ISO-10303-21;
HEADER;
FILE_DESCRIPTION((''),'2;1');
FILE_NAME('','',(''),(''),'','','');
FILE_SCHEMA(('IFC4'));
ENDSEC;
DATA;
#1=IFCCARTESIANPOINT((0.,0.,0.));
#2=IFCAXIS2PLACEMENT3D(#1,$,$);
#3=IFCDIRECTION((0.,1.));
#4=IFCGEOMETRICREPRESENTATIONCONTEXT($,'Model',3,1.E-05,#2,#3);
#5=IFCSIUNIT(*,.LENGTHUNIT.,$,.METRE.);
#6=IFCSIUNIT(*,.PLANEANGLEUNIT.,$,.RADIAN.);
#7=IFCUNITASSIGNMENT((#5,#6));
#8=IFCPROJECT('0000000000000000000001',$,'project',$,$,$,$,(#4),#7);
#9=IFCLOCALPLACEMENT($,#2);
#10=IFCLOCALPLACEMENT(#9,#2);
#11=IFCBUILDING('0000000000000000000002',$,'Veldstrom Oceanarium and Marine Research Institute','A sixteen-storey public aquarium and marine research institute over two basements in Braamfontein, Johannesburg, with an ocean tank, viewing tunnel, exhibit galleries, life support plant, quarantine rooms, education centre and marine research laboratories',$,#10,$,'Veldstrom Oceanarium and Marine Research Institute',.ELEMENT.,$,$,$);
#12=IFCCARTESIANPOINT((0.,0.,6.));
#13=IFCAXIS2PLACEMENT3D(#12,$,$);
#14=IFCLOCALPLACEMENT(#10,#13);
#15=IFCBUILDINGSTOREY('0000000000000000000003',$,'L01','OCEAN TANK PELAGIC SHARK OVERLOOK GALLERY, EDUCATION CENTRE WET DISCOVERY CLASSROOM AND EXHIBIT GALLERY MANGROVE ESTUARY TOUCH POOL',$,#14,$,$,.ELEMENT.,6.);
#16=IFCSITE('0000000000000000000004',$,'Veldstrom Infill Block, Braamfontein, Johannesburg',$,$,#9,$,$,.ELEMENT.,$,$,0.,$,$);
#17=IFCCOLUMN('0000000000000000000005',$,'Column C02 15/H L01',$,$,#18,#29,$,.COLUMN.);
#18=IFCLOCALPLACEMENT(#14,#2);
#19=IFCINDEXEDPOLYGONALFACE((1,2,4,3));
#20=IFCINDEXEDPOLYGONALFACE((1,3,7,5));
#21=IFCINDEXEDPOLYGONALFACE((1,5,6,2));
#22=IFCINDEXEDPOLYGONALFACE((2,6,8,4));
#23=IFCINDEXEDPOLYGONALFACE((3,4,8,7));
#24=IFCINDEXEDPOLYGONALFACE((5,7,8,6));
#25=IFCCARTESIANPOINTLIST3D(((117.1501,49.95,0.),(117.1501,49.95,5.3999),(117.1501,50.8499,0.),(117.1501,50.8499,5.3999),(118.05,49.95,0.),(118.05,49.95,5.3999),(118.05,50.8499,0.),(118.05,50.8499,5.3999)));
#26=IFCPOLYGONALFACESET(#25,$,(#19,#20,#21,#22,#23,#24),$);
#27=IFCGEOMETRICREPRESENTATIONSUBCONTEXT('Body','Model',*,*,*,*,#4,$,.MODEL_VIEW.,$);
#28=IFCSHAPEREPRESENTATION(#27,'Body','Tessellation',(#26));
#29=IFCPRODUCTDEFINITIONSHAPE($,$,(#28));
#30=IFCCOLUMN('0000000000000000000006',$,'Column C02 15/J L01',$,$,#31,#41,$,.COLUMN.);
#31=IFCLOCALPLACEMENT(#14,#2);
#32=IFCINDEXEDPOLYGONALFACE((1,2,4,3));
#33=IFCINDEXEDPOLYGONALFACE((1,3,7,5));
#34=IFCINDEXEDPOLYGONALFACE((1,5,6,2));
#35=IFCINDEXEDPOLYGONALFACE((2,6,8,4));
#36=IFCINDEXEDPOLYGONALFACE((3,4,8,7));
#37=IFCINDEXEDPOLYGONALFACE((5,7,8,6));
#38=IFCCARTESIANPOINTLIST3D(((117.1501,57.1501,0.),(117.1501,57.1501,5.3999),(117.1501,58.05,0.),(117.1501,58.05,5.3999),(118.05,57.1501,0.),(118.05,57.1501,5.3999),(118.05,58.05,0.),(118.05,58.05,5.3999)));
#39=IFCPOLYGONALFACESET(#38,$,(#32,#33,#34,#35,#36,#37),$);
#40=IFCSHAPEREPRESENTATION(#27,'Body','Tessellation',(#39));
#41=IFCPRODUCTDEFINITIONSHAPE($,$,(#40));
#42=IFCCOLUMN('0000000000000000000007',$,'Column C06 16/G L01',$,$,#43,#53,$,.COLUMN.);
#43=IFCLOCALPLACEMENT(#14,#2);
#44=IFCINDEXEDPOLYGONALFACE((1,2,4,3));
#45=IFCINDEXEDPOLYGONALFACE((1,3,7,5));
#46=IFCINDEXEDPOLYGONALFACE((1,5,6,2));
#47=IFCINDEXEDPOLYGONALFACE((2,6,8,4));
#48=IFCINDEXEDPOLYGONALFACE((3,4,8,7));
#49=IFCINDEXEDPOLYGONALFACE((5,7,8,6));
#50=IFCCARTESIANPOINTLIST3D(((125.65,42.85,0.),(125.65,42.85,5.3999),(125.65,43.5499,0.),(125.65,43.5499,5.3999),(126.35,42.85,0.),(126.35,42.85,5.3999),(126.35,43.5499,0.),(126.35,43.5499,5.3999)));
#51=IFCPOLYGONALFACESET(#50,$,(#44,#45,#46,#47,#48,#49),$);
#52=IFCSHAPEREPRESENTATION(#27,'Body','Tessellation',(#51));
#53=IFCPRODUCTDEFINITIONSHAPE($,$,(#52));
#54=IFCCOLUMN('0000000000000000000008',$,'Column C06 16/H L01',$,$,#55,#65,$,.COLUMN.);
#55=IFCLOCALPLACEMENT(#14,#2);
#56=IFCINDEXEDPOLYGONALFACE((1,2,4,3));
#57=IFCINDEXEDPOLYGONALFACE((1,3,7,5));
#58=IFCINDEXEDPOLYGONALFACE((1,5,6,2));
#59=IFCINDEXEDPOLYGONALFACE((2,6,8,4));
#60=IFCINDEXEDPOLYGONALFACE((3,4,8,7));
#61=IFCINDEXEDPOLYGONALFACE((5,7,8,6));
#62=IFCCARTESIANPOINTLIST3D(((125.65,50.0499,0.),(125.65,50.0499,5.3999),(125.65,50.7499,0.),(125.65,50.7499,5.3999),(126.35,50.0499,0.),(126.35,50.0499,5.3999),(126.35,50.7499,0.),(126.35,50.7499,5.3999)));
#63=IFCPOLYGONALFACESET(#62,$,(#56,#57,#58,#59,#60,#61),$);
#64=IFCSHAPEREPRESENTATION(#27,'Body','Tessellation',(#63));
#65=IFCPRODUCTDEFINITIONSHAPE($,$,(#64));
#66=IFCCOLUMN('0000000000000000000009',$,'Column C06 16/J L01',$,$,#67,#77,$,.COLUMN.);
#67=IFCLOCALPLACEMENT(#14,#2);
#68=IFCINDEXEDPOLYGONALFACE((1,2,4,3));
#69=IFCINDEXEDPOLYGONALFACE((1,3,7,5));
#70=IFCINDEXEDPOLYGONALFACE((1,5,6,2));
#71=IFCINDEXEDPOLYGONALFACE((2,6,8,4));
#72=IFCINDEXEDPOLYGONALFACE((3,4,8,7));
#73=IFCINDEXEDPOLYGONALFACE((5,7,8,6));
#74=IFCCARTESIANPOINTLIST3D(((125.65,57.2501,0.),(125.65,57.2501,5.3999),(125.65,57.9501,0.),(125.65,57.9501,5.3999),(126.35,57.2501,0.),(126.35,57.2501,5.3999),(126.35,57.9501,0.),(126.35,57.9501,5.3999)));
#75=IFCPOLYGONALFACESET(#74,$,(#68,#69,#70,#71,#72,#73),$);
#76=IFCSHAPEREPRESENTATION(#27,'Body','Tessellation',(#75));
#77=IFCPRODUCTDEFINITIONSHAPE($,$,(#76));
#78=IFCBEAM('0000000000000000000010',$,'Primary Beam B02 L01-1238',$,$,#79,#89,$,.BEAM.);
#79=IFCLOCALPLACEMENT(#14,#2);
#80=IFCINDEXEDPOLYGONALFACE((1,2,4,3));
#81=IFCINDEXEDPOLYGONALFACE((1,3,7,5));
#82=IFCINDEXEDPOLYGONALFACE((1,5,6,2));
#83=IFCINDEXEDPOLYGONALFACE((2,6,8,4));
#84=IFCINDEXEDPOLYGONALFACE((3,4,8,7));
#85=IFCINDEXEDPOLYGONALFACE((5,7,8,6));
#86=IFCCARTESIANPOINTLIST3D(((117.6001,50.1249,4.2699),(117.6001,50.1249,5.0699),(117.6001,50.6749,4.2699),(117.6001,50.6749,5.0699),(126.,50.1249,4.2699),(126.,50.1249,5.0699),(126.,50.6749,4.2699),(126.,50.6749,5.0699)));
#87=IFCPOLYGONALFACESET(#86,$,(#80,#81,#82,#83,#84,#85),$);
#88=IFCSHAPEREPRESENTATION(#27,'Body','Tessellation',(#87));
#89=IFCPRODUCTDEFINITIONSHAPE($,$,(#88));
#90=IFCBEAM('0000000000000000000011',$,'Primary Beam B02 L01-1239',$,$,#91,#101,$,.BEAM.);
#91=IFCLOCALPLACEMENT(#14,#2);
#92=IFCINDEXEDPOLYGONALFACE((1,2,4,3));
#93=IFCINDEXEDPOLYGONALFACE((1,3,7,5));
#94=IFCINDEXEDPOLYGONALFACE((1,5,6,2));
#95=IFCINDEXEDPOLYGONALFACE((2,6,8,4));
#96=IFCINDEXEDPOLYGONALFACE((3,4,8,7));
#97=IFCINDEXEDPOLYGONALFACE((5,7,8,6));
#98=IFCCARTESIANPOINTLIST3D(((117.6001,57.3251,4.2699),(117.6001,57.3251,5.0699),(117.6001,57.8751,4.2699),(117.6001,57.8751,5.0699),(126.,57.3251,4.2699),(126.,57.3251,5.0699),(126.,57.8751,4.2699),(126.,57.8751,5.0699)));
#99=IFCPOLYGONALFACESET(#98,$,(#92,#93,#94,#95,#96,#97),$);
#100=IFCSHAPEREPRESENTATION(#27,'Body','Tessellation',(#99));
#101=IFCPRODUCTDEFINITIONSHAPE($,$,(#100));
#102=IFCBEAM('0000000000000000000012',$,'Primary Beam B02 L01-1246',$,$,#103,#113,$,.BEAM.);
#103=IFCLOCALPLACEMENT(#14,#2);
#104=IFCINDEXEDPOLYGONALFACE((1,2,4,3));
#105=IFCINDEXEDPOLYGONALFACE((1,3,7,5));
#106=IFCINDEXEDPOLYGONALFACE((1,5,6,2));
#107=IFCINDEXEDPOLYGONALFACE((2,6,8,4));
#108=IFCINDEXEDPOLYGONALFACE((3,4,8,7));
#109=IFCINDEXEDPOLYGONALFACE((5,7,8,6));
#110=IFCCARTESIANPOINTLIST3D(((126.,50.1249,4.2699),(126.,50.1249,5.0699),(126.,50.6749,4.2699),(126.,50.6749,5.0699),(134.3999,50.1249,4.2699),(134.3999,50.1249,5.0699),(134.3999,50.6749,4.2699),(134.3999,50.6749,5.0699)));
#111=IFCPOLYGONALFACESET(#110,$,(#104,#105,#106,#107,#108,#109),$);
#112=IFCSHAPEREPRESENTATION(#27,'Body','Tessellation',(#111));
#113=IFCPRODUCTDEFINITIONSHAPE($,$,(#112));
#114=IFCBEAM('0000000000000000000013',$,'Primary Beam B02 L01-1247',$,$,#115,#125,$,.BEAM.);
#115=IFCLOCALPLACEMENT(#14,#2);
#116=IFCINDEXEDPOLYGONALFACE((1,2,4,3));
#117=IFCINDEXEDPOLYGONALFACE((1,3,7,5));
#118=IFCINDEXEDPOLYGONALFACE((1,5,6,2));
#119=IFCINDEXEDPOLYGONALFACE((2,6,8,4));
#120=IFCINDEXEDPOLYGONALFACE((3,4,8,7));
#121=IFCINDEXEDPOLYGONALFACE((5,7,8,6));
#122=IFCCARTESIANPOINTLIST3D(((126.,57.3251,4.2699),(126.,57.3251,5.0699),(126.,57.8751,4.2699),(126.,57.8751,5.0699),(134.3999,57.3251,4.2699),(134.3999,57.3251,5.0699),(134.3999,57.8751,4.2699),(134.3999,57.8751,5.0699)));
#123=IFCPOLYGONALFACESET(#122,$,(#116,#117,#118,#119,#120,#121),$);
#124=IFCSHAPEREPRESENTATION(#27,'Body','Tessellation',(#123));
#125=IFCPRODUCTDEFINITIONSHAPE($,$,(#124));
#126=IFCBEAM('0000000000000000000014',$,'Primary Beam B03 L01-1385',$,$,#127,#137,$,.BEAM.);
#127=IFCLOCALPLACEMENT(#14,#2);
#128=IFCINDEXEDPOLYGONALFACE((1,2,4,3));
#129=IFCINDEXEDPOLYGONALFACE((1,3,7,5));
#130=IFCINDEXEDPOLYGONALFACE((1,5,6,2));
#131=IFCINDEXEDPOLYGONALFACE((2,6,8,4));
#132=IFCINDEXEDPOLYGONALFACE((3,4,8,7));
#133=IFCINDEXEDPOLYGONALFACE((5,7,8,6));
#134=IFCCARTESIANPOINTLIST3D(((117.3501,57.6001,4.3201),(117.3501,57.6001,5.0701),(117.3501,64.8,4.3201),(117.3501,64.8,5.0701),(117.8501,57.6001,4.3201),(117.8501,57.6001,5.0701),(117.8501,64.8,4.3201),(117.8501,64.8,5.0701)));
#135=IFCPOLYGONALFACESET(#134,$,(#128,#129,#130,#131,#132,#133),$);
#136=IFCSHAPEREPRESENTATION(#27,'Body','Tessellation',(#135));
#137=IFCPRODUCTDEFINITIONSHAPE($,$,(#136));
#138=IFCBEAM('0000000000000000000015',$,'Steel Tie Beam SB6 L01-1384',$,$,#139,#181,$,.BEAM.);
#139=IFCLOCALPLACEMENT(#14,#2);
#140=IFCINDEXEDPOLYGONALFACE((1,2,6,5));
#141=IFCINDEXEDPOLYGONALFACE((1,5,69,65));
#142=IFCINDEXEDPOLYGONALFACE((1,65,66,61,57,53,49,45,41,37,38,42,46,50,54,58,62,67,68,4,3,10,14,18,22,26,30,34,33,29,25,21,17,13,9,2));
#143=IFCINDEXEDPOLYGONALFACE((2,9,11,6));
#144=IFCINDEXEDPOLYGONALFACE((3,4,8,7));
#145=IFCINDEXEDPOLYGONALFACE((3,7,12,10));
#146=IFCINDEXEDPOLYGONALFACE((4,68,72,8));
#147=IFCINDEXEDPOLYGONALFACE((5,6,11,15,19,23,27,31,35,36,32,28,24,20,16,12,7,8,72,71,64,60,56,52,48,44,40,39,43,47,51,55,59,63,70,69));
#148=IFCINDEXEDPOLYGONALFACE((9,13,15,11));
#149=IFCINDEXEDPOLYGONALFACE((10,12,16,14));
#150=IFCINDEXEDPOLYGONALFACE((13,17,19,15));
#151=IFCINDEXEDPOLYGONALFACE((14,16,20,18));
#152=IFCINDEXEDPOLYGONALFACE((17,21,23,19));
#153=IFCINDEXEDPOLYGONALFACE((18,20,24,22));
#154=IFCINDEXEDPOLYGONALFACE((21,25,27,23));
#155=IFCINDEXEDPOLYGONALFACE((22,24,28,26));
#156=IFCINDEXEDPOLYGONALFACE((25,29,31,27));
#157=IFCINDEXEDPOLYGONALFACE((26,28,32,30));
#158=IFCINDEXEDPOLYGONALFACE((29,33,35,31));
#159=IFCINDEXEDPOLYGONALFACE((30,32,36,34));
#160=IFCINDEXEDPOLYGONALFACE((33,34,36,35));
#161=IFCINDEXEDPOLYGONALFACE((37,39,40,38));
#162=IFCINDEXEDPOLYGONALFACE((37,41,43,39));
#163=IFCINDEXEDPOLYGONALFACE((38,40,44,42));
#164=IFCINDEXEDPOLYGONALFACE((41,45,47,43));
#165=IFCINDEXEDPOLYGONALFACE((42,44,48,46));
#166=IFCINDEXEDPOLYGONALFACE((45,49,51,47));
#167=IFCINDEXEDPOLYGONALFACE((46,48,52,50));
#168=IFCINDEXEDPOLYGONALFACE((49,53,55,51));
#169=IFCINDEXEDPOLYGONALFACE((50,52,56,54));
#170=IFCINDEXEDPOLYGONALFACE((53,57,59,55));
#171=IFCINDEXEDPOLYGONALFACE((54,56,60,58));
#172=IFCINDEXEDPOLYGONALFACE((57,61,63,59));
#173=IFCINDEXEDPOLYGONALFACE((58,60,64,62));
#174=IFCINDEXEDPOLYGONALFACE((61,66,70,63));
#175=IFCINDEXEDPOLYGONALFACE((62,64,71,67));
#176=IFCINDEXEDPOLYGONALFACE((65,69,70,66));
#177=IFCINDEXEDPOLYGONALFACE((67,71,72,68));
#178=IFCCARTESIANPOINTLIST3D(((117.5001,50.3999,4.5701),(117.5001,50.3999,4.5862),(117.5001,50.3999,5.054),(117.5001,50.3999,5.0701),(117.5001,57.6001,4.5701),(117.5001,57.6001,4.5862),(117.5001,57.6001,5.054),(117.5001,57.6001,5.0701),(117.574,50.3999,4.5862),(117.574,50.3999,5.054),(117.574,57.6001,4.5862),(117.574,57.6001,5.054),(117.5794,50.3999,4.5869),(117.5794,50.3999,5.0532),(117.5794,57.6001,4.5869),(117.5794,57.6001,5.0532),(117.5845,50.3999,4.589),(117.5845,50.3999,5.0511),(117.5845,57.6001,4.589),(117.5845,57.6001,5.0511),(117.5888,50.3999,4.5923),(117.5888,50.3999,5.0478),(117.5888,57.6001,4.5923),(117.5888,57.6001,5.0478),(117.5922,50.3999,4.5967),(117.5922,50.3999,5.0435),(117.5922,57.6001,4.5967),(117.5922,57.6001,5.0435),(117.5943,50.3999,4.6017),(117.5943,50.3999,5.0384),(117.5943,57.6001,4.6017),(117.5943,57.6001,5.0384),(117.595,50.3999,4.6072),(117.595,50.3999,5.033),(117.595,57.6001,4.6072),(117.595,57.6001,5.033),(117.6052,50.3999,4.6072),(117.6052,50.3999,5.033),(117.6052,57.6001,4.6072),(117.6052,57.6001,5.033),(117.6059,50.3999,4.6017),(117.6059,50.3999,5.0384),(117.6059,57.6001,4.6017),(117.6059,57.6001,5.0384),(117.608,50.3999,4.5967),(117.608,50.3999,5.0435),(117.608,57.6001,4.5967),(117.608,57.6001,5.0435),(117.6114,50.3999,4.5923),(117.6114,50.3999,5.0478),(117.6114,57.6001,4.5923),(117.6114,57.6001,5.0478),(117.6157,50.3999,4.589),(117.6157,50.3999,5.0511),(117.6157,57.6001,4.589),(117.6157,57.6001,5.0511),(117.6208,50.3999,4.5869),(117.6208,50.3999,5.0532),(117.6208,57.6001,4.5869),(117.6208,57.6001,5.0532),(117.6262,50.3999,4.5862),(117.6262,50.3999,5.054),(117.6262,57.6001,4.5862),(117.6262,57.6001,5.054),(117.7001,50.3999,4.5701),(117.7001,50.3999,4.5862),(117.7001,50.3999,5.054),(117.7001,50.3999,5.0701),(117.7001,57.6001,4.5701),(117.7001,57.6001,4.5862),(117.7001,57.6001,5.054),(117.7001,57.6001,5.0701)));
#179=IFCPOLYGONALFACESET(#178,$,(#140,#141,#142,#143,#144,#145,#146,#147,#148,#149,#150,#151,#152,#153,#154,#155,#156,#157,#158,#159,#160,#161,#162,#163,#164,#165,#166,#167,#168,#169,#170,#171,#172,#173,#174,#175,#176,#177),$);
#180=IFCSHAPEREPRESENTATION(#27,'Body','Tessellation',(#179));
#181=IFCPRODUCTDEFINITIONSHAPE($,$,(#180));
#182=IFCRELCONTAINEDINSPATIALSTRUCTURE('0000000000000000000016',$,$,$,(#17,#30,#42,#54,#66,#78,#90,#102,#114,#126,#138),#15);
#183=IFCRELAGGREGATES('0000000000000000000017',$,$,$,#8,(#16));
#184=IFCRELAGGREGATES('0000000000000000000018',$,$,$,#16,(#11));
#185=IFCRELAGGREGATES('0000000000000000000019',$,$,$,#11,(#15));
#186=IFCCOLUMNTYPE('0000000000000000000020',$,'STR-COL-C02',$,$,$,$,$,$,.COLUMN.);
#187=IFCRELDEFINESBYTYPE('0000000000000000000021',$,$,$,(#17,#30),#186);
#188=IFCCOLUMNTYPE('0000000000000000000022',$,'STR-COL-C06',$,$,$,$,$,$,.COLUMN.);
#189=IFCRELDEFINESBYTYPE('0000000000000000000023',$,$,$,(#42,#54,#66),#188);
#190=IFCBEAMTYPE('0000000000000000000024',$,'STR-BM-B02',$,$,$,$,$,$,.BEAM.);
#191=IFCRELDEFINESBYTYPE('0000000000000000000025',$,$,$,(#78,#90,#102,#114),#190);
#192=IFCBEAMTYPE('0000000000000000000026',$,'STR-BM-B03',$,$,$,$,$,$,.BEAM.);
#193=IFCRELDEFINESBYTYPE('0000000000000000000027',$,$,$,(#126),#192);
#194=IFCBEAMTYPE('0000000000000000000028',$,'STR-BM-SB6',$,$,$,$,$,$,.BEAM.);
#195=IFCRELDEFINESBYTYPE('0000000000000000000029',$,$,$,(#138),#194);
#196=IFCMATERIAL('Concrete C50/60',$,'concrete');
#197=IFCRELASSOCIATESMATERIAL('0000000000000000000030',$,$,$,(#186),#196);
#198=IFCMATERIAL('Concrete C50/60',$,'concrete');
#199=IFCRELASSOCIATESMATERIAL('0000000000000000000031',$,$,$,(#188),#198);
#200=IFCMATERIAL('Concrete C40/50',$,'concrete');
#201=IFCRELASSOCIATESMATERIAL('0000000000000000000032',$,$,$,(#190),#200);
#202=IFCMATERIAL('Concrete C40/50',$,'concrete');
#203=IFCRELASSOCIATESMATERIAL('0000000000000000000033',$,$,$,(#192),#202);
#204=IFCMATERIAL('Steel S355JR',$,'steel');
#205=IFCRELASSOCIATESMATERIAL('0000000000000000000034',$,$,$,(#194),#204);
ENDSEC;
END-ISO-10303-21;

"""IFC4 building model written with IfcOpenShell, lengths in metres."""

from ifc_helpers import new_model, si_unit, direction, frame, origin, origin_2d, place, context, subcontext, project, spatial, rectangle, i_section, extrude, material, material_profile, profile_set, type_object, element, save


model = new_model("IFC4")

# Units and contexts
model_context = context("Model", 3, precision=1e-05, world=origin(), true_north=direction((0.0, 1.0)))
body_context = subcontext(model_context, "Body", "Model", "MODEL_VIEW")
ifc_project = project(units=[si_unit("LENGTHUNIT", "METRE"), si_unit("PLANEANGLEUNIT", "RADIAN")], contexts=[model_context])

# Site, building, storey
site_placement = place(None, origin())
site = spatial("IfcSite", under=ifc_project, at=site_placement, Name="Veldstrom Infill Block, Braamfontein, Johannesburg", CompositionType="ELEMENT", RefElevation=0.0)
building_placement = place(site_placement, origin())
building = spatial("IfcBuilding", under=site, at=building_placement, Name="Veldstrom Oceanarium and Marine Research Institute", Description="A sixteen-storey public aquarium and marine research institute over two basements in Braamfontein, Johannesburg, with an ocean tank, viewing tunnel, exhibit galleries, life support plant, quarantine rooms, education centre and marine research laboratories", LongName="Veldstrom Oceanarium and Marine Research Institute", CompositionType="ELEMENT")
storey_placement = place(building_placement, frame((0.0, 0.0, 6.0)))
storey = spatial("IfcBuildingStorey", under=building, at=storey_placement, Name="L01", Description="OCEAN TANK PELAGIC SHARK OVERLOOK GALLERY, EDUCATION CENTRE WET DISCOVERY CLASSROOM AND EXHIBIT GALLERY MANGROVE ESTUARY TOUCH POOL", CompositionType="ELEMENT", Elevation=6.0)

# Columns
ifc_material_1 = material(Name="Concrete C50/60", Category="concrete")
ifc_material_profile_1 = material_profile(ifc_material_1, rectangle(XDim=0.8999, YDim=0.8999, at=origin_2d()), Name="RC-COL-900x900")
ifc_profile_set_1 = profile_set([ifc_material_profile_1], Name="Concrete C50/60")
column_type_1 = type_object("IfcColumnType", Name="STR-COL-C02", PredefinedType="COLUMN", material=ifc_profile_set_1)
for number, where, z_axis, x_axis, name in (
    (1, (117.6001, 50.3999, 0.0), (0.0, 0.0, 1.0), (1.0, 0.0, 0.0), "Column C02 15/H L01"),
    (2, (117.6001, 57.6001, 0.0), (0.0, 0.0, 1.0), (1.0, 0.0, 0.0), "Column C02 15/J L01"),
):
    element("IfcColumn", number, at=place(storey_placement, frame(where, z_axis=z_axis, x_axis=x_axis)), inside=storey, type_object=column_type_1, Name=name, PredefinedType="COLUMN", context=body_context, shape_type="SweptSolid", body=[
        extrude(rectangle(XDim=0.8999, YDim=0.8999, at=origin_2d()), origin(), (0.0, 0.0, 1.0), 5.3999),
    ])
ifc_material_2 = material(Name="Concrete C50/60", Category="concrete")
ifc_material_profile_2 = material_profile(ifc_material_2, rectangle(XDim=0.7, YDim=0.7, at=origin_2d()), Name="RC-COL-700x700")
ifc_profile_set_2 = profile_set([ifc_material_profile_2], Name="Concrete C50/60")
column_type_2 = type_object("IfcColumnType", Name="STR-COL-C06", PredefinedType="COLUMN", material=ifc_profile_set_2)
for number, where, z_axis, x_axis, name in (
    (3, (126.0, 43.2, 0.0), (0.0, 0.0, 1.0), (1.0, 0.0, 0.0), "Column C06 16/G L01"),
    (4, (126.0, 50.3999, 0.0), (0.0, 0.0, 1.0), (1.0, 0.0, 0.0), "Column C06 16/H L01"),
    (5, (126.0, 57.6001, 0.0), (0.0, 0.0, 1.0), (1.0, 0.0, 0.0), "Column C06 16/J L01"),
):
    element("IfcColumn", number, at=place(storey_placement, frame(where, z_axis=z_axis, x_axis=x_axis)), inside=storey, type_object=column_type_2, Name=name, PredefinedType="COLUMN", context=body_context, shape_type="SweptSolid", body=[
        extrude(rectangle(XDim=0.7, YDim=0.7, at=origin_2d()), origin(), (0.0, 0.0, 1.0), 5.3999),
    ])

# Beams
ifc_material_3 = material(Name="Concrete C40/50", Category="concrete")
ifc_material_profile_3 = material_profile(ifc_material_3, rectangle(XDim=0.55, YDim=0.8, at=origin_2d()), Name="RC-BM-550x800")
ifc_profile_set_3 = profile_set([ifc_material_profile_3], Name="Concrete C40/50")
beam_type_1 = type_object("IfcBeamType", Name="STR-BM-B02", PredefinedType="BEAM", material=ifc_profile_set_3)
for number, where, z_axis, x_axis, name in (
    (6, (117.6001, 50.3999, 4.6699), (1.0, 0.0, 0.0), (0.0, 1.0, 0.0), "Primary Beam B02 L01-1238"),
    (7, (117.6001, 57.6001, 4.6699), (1.0, 0.0, 0.0), (0.0, 1.0, 0.0), "Primary Beam B02 L01-1239"),
    (8, (126.0, 50.3999, 4.6699), (1.0, 0.0, 0.0), (0.0, 1.0, 0.0), "Primary Beam B02 L01-1246"),
    (9, (126.0, 57.6001, 4.6699), (1.0, 0.0, 0.0), (0.0, 1.0, 0.0), "Primary Beam B02 L01-1247"),
):
    element("IfcBeam", number, at=place(storey_placement, frame(where, z_axis=z_axis, x_axis=x_axis)), inside=storey, type_object=beam_type_1, Name=name, PredefinedType="BEAM", context=body_context, shape_type="SweptSolid", body=[
        extrude(rectangle(XDim=0.55, YDim=0.8, at=origin_2d()), origin(), (0.0, 0.0, 1.0), 8.3999),
    ])
ifc_material_4 = material(Name="Concrete C40/50", Category="concrete")
ifc_material_profile_4 = material_profile(ifc_material_4, rectangle(XDim=0.5, YDim=0.75, at=origin_2d()), Name="RC-BM-500x750")
ifc_profile_set_4 = profile_set([ifc_material_profile_4], Name="Concrete C40/50")
beam_type_2 = type_object("IfcBeamType", Name="STR-BM-B03", PredefinedType="BEAM", material=ifc_profile_set_4)
beam_1_placement = place(storey_placement, frame((117.6001, 57.6001, 4.6951), z_axis=(0.0, 1.0, 0.0), x_axis=(-1.0, 0.0, 0.0)))
element("IfcBeam", 10, at=beam_1_placement, inside=storey, type_object=beam_type_2, Name="Primary Beam B03 L01-1385", PredefinedType="BEAM", context=body_context, shape_type="SweptSolid", body=[
    extrude(rectangle(XDim=0.5, YDim=0.75, at=origin_2d()), origin(), (0.0, 0.0, 1.0), 7.2),
])
ifc_material_5 = material(Name="Steel S355JR", Category="steel")
ifc_material_profile_5 = material_profile(ifc_material_5, i_section(OverallWidth=0.2, OverallDepth=0.5, WebThickness=0.0103, FlangeThickness=0.0161, FilletRadius=0.021, at=origin_2d()), Name="IPE 500")
ifc_profile_set_5 = profile_set([ifc_material_profile_5], Name="Steel S355JR")
beam_type_3 = type_object("IfcBeamType", Name="STR-BM-SB6", PredefinedType="BEAM", material=ifc_profile_set_5)
beam_2_placement = place(storey_placement, frame((117.6001, 50.3999, 4.8201), z_axis=(0.0, 1.0, 0.0), x_axis=(-1.0, 0.0, 0.0)))
element("IfcBeam", 11, at=beam_2_placement, inside=storey, type_object=beam_type_3, Name="Steel Tie Beam SB6 L01-1384", PredefinedType="BEAM", context=body_context, shape_type="SweptSolid", body=[
    extrude(i_section(OverallWidth=0.2, OverallDepth=0.5, WebThickness=0.0103, FlangeThickness=0.0161, FilletRadius=0.021, at=origin_2d()), origin(), (0.0, 0.0, 1.0), 7.2002),
])

save(model, "model.ifc")
